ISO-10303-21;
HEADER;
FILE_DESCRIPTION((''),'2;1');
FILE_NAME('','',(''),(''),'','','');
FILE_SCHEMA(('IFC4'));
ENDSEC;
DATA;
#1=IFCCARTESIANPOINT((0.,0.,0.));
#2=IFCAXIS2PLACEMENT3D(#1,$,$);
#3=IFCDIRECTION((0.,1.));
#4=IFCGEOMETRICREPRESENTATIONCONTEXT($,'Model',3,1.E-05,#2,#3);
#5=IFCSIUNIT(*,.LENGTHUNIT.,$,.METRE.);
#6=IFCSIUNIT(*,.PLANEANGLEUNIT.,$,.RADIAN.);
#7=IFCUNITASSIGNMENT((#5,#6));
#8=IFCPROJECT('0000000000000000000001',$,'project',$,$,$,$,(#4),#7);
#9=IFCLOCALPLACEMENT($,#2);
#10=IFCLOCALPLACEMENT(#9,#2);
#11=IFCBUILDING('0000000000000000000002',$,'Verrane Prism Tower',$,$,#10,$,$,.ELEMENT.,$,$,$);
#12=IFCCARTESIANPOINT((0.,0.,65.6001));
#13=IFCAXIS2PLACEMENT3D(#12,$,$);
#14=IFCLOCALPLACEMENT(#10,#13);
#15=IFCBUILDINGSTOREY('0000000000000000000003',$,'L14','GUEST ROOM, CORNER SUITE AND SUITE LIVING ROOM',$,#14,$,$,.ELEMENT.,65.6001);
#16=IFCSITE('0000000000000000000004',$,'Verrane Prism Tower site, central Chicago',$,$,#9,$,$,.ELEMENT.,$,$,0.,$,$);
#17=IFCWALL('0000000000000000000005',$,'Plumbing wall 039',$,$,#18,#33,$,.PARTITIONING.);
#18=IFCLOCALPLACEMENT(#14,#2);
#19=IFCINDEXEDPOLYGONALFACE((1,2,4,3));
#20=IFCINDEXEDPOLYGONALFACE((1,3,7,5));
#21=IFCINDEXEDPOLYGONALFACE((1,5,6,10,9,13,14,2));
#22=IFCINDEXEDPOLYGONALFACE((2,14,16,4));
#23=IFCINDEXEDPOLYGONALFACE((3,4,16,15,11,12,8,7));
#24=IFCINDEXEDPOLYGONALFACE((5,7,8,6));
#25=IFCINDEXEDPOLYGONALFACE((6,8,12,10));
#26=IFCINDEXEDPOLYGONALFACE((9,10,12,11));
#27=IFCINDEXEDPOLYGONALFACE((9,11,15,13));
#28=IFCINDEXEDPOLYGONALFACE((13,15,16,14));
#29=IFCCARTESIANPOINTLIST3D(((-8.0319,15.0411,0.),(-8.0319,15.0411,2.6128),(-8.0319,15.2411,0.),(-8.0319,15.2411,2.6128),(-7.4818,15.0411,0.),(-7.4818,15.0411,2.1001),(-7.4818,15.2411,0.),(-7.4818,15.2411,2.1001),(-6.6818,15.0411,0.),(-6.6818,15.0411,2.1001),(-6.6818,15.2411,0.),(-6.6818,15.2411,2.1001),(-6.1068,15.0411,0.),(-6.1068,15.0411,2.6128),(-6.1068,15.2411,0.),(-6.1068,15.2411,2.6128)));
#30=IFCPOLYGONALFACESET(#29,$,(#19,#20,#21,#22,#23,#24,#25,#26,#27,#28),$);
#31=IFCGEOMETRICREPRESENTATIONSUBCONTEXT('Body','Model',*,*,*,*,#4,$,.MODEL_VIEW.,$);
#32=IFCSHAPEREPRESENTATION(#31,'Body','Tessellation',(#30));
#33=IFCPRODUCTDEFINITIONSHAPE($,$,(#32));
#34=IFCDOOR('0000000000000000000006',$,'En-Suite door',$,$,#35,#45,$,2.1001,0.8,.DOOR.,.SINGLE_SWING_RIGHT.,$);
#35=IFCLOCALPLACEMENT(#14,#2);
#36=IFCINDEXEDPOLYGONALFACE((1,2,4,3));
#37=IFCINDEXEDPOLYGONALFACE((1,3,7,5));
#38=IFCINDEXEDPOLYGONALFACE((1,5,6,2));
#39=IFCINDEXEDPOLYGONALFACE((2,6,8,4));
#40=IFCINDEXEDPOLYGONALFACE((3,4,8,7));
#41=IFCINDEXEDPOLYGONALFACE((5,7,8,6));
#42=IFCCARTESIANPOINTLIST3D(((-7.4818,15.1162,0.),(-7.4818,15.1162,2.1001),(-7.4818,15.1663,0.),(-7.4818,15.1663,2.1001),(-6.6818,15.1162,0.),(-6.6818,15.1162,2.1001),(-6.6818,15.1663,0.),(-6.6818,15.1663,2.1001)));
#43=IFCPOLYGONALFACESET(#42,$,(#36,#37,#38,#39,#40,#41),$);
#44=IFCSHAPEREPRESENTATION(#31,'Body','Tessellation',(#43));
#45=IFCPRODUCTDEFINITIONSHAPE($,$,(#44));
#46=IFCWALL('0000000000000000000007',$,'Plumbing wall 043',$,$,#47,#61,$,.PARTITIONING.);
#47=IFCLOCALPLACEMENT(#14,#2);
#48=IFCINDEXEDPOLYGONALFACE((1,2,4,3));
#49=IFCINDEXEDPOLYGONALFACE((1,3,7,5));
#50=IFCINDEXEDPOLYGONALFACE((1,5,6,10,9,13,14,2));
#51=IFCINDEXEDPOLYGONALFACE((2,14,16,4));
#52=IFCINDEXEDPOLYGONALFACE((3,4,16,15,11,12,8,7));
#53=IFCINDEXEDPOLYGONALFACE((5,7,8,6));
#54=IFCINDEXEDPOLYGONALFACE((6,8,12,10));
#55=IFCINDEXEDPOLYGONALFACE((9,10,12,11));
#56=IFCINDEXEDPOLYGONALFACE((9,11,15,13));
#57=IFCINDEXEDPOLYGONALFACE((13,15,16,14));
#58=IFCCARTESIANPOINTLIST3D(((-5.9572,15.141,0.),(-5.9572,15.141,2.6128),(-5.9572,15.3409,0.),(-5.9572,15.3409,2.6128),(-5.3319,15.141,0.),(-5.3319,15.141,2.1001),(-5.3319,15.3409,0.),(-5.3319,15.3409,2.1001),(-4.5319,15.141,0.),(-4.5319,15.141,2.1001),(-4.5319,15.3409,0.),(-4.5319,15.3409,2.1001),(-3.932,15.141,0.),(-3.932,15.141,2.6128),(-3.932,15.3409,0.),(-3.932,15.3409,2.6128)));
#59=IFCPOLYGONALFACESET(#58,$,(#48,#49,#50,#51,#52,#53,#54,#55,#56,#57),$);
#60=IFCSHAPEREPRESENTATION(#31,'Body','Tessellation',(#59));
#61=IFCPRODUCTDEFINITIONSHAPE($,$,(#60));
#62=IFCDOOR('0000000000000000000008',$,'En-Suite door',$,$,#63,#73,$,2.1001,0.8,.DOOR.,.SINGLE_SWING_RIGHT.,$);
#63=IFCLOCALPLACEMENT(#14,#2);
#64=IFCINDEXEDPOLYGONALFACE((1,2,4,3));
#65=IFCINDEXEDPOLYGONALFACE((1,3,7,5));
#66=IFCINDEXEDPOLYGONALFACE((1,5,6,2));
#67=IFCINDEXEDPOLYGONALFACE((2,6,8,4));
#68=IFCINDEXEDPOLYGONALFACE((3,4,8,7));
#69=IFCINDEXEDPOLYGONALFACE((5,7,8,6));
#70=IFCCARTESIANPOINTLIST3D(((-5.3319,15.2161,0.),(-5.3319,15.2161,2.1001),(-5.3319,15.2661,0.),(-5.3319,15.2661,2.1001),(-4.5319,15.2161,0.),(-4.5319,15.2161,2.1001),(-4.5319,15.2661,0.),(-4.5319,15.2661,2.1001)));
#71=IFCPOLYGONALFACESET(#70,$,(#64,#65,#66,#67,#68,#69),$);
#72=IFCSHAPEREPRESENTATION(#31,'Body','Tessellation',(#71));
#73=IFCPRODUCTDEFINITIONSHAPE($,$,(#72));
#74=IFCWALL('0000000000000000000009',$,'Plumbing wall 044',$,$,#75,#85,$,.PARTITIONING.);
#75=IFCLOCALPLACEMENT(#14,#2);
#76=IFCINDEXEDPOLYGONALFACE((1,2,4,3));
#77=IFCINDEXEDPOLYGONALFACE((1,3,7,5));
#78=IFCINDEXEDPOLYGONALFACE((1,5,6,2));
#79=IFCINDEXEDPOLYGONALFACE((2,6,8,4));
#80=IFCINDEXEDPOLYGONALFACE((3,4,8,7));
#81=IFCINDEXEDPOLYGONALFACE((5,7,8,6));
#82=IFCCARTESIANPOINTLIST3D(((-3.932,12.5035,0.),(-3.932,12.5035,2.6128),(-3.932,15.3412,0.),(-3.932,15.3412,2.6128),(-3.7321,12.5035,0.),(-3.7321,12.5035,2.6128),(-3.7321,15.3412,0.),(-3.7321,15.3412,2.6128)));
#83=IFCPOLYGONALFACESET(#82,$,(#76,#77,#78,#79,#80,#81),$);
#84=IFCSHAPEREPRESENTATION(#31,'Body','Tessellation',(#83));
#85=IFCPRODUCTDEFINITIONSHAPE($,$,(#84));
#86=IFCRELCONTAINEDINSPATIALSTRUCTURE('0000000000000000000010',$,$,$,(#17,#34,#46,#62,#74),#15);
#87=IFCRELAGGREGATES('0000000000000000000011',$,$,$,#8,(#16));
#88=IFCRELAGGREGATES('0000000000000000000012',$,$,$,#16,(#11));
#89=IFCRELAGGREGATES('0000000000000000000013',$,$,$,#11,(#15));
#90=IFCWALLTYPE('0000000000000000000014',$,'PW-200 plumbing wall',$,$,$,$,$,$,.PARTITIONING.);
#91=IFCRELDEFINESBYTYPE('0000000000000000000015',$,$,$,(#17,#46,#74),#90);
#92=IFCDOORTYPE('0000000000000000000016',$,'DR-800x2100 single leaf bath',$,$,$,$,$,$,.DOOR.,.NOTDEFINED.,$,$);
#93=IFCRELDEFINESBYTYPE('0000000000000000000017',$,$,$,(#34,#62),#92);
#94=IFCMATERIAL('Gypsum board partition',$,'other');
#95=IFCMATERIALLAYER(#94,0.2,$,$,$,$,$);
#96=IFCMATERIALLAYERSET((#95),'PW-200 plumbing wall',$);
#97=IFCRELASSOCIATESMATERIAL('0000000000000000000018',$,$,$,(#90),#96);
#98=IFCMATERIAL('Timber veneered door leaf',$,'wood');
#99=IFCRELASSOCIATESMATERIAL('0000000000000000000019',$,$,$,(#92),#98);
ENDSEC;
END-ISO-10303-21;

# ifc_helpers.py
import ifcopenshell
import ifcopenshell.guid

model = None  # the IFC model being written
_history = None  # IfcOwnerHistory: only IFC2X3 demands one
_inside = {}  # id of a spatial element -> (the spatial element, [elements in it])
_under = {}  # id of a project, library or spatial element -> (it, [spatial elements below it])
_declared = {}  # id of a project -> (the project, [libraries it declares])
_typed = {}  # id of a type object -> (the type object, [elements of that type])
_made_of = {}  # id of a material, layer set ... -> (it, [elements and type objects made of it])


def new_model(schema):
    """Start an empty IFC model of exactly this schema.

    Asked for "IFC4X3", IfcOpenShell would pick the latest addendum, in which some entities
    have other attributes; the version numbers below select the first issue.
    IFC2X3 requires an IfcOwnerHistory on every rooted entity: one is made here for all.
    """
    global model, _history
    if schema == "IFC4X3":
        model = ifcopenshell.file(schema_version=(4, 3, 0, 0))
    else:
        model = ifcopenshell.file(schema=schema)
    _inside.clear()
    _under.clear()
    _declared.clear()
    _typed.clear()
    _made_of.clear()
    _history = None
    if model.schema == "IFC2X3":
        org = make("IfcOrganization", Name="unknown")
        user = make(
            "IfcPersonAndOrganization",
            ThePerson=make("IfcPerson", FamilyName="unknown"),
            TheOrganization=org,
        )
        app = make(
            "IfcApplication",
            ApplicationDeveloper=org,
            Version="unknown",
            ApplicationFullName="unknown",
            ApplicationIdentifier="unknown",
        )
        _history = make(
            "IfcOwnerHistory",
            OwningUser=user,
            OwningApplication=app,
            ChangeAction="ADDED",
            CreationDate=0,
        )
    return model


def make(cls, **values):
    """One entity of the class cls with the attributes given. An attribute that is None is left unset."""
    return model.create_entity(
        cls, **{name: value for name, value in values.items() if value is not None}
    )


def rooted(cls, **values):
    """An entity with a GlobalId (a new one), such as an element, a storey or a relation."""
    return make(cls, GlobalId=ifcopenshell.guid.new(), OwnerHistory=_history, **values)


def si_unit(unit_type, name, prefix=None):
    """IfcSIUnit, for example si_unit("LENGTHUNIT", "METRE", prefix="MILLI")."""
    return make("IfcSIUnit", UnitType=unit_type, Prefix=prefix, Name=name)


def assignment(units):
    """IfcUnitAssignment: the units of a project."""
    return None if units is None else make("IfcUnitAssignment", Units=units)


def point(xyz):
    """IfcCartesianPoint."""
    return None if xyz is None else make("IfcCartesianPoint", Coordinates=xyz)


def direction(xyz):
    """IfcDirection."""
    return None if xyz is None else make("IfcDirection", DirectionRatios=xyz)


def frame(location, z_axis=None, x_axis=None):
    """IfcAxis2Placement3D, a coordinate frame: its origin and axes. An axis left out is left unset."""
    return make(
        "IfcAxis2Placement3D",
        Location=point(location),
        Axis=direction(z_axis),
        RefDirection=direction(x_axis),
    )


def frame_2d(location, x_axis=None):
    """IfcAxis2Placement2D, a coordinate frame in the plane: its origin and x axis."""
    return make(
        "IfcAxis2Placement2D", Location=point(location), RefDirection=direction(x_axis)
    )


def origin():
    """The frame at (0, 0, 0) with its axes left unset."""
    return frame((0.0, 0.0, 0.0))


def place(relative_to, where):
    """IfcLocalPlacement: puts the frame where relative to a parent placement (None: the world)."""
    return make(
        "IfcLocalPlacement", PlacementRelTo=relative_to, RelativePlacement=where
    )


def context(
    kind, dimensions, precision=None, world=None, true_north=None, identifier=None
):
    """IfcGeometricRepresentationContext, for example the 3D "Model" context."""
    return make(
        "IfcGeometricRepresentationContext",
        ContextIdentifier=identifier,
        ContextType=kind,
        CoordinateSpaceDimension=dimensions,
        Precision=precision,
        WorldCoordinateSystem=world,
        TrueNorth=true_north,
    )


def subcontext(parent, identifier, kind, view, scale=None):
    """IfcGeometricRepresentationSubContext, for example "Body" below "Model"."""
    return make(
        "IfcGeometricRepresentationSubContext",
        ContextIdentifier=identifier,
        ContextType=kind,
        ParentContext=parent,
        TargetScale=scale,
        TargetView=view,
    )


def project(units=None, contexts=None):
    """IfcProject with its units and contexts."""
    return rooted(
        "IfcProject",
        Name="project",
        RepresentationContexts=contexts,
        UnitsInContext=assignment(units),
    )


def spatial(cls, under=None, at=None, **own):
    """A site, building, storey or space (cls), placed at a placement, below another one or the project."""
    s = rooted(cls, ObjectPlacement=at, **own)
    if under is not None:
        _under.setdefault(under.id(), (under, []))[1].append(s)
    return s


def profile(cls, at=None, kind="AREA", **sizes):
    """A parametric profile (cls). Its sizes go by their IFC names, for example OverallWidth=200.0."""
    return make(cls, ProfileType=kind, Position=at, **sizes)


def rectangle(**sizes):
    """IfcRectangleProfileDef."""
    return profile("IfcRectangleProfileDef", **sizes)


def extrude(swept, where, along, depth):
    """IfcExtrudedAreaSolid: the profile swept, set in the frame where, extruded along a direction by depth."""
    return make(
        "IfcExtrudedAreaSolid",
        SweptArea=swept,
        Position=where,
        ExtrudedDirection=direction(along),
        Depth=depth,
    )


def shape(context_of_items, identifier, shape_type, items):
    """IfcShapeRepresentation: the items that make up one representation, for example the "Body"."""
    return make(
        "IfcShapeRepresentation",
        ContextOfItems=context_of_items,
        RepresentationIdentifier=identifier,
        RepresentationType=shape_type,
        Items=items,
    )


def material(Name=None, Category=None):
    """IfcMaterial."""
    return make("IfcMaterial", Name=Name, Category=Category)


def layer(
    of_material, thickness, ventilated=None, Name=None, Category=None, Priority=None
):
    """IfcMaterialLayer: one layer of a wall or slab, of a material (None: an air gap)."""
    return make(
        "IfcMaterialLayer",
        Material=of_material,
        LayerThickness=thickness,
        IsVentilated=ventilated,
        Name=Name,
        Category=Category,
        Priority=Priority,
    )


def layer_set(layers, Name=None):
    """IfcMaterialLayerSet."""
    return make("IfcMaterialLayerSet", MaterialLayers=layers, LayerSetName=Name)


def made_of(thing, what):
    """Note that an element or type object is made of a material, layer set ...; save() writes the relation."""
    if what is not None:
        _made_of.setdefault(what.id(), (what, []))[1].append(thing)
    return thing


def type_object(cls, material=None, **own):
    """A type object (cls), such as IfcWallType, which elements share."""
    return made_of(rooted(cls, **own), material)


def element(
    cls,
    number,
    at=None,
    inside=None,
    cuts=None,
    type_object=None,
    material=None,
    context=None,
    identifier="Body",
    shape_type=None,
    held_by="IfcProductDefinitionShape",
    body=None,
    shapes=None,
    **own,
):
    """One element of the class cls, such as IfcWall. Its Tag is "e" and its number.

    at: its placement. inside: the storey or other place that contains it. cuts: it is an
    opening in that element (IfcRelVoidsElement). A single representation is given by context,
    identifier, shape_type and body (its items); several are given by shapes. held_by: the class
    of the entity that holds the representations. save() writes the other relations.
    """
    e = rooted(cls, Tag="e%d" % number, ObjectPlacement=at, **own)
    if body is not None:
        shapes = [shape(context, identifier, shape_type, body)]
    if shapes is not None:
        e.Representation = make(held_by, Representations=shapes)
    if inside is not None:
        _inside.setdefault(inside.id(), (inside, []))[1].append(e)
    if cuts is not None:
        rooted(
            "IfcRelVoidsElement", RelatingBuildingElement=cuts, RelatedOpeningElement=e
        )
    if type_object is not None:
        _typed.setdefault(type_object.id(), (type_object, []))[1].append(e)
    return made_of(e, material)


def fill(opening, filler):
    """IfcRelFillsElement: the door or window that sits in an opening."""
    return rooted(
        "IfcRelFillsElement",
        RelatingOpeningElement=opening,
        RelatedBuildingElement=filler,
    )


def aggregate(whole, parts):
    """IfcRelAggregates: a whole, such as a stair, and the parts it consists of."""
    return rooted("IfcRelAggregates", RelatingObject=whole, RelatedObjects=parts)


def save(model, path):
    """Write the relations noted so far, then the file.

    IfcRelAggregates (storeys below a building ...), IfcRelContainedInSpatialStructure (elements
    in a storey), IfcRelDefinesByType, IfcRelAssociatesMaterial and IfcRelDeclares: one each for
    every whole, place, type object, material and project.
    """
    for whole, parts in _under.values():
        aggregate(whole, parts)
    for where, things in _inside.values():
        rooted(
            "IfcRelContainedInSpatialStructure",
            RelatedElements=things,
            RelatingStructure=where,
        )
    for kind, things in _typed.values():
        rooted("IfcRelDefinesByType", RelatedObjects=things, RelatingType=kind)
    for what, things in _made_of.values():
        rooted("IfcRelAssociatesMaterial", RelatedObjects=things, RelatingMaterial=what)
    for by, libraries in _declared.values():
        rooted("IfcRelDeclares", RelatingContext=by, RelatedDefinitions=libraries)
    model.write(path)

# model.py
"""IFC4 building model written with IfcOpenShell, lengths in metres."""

from ifc_helpers import new_model, si_unit, direction, frame, frame_2d, origin, place, context, subcontext, project, spatial, rectangle, extrude, material, layer, layer_set, type_object, element, fill, save


model = new_model("IFC4")

# Units and contexts
model_context = context("Model", 3, precision=1e-05, world=origin(), true_north=direction((0.0, 1.0)))
body_context = subcontext(model_context, "Body", "Model", "MODEL_VIEW")
ifc_project = project(units=[si_unit("LENGTHUNIT", "METRE"), si_unit("PLANEANGLEUNIT", "RADIAN")], contexts=[model_context])

# Site, building, storey
site_placement = place(None, origin())
site = spatial("IfcSite", under=ifc_project, at=site_placement, Name="Verrane Prism Tower site, central Chicago", CompositionType="ELEMENT", RefElevation=0.0)
building_placement = place(site_placement, origin())
building = spatial("IfcBuilding", under=site, at=building_placement, Name="Verrane Prism Tower", CompositionType="ELEMENT")
storey_placement = place(building_placement, frame((0.0, 0.0, 65.6001)))
storey = spatial("IfcBuildingStorey", under=building, at=storey_placement, Name="L14", Description="GUEST ROOM, CORNER SUITE AND SUITE LIVING ROOM", CompositionType="ELEMENT", Elevation=65.6001)

# Shared definitions
ifc_material_1 = material(Name="Gypsum board partition", Category="other")
ifc_layer_1 = layer(ifc_material_1, 0.2)
ifc_layer_set_1 = layer_set([ifc_layer_1], Name="PW-200 plumbing wall")
wall_type_1 = type_object("IfcWallType", Name="PW-200 plumbing wall", PredefinedType="PARTITIONING", material=ifc_layer_set_1)

# Walls, openings, doors
wall_1_placement = place(storey_placement, frame((-6.1069, 15.1411, 0.0), z_axis=(0.0, 0.0, 1.0), x_axis=(-1.0, 0.0, 0.0)))
wall_1 = element("IfcWall", 1, at=wall_1_placement, inside=storey, type_object=wall_type_1, Name="Plumbing wall 039", PredefinedType="PARTITIONING", context=body_context, shape_type="SweptSolid", body=[
    extrude(rectangle(XDim=1.925, YDim=0.2, at=frame_2d((0.9624, 0.0))), origin(), (0.0, 0.0, 1.0), 2.6128),
])
opening_1_placement = place(wall_1_placement, frame((0.575, 0.0, 0.0)))
opening_1 = element("IfcOpeningElement", 2, at=opening_1_placement, cuts=wall_1, PredefinedType="OPENING", context=body_context, shape_type="SweptSolid", body=[
    extrude(rectangle(XDim=0.8, YDim=2.1001, at=frame_2d((0.3999, 1.05))), frame((0.0, 0.1099, 0.0), z_axis=(0.0, -1.0, 0.0), x_axis=(1.0, 0.0, 0.0)), (0.0, 0.0, 1.0), 0.22),
])
ifc_material_2 = material(Name="Timber veneered door leaf", Category="wood")
door_type = type_object("IfcDoorType", Name="DR-800x2100 single leaf bath", OperationType="NOTDEFINED", PredefinedType="DOOR", material=ifc_material_2)
door_1_placement = place(opening_1_placement, origin())
door_1 = element("IfcDoor", 3, at=door_1_placement, inside=storey, type_object=door_type, Name="En-Suite door", OperationType="SINGLE_SWING_RIGHT", OverallHeight=2.1001, OverallWidth=0.8, PredefinedType="DOOR", context=body_context, shape_type="SweptSolid", body=[
    extrude(rectangle(XDim=0.8, YDim=2.1001, at=frame_2d((0.3999, 1.05))), frame((0.0, 0.0249, 0.0), z_axis=(0.0, -1.0, 0.0), x_axis=(1.0, 0.0, 0.0)), (0.0, 0.0, 1.0), 0.05),
])
fill(opening_1, door_1)
wall_2_placement = place(storey_placement, frame((-3.9319, 15.241, 0.0), z_axis=(0.0, 0.0, 1.0), x_axis=(-1.0, 0.0, 0.0)))
wall_2 = element("IfcWall", 4, at=wall_2_placement, inside=storey, type_object=wall_type_1, Name="Plumbing wall 043", PredefinedType="PARTITIONING", context=body_context, shape_type="SweptSolid", body=[
    extrude(rectangle(XDim=2.0251, YDim=0.2, at=frame_2d((1.0127, 0.0))), origin(), (0.0, 0.0, 1.0), 2.6128),
])
opening_2_placement = place(wall_2_placement, frame((0.6001, 0.0, 0.0)))
opening_2 = element("IfcOpeningElement", 5, at=opening_2_placement, cuts=wall_2, PredefinedType="OPENING", context=body_context, shape_type="SweptSolid", body=[
    extrude(rectangle(XDim=0.8, YDim=2.1001, at=frame_2d((0.3999, 1.05))), frame((0.0, 0.1099, 0.0), z_axis=(0.0, -1.0, 0.0), x_axis=(1.0, 0.0, 0.0)), (0.0, 0.0, 1.0), 0.22),
])
door_2_placement = place(opening_2_placement, origin())
door_2 = element("IfcDoor", 6, at=door_2_placement, inside=storey, type_object=door_type, Name="En-Suite door", OperationType="SINGLE_SWING_RIGHT", OverallHeight=2.1001, OverallWidth=0.8, PredefinedType="DOOR", context=body_context, shape_type="SweptSolid", body=[
    extrude(rectangle(XDim=0.8, YDim=2.1001, at=frame_2d((0.3999, 1.05))), frame((0.0, 0.0249, 0.0), z_axis=(0.0, -1.0, 0.0), x_axis=(1.0, 0.0, 0.0)), (0.0, 0.0, 1.0), 0.05),
])
fill(opening_2, door_2)

# Wall
wall_3_placement = place(storey_placement, frame((-3.832, 12.5034, 0.0), z_axis=(0.0, 0.0, 1.0), x_axis=(0.0, 1.0, 0.0)))
element("IfcWall", 7, at=wall_3_placement, inside=storey, type_object=wall_type_1, Name="Plumbing wall 044", PredefinedType="PARTITIONING", context=body_context, shape_type="SweptSolid", body=[
    extrude(rectangle(XDim=2.8376, YDim=0.2, at=frame_2d((1.4189, 0.0))), origin(), (0.0, 0.0, 1.0), 2.6128),
])

save(model, "model.ifc")
